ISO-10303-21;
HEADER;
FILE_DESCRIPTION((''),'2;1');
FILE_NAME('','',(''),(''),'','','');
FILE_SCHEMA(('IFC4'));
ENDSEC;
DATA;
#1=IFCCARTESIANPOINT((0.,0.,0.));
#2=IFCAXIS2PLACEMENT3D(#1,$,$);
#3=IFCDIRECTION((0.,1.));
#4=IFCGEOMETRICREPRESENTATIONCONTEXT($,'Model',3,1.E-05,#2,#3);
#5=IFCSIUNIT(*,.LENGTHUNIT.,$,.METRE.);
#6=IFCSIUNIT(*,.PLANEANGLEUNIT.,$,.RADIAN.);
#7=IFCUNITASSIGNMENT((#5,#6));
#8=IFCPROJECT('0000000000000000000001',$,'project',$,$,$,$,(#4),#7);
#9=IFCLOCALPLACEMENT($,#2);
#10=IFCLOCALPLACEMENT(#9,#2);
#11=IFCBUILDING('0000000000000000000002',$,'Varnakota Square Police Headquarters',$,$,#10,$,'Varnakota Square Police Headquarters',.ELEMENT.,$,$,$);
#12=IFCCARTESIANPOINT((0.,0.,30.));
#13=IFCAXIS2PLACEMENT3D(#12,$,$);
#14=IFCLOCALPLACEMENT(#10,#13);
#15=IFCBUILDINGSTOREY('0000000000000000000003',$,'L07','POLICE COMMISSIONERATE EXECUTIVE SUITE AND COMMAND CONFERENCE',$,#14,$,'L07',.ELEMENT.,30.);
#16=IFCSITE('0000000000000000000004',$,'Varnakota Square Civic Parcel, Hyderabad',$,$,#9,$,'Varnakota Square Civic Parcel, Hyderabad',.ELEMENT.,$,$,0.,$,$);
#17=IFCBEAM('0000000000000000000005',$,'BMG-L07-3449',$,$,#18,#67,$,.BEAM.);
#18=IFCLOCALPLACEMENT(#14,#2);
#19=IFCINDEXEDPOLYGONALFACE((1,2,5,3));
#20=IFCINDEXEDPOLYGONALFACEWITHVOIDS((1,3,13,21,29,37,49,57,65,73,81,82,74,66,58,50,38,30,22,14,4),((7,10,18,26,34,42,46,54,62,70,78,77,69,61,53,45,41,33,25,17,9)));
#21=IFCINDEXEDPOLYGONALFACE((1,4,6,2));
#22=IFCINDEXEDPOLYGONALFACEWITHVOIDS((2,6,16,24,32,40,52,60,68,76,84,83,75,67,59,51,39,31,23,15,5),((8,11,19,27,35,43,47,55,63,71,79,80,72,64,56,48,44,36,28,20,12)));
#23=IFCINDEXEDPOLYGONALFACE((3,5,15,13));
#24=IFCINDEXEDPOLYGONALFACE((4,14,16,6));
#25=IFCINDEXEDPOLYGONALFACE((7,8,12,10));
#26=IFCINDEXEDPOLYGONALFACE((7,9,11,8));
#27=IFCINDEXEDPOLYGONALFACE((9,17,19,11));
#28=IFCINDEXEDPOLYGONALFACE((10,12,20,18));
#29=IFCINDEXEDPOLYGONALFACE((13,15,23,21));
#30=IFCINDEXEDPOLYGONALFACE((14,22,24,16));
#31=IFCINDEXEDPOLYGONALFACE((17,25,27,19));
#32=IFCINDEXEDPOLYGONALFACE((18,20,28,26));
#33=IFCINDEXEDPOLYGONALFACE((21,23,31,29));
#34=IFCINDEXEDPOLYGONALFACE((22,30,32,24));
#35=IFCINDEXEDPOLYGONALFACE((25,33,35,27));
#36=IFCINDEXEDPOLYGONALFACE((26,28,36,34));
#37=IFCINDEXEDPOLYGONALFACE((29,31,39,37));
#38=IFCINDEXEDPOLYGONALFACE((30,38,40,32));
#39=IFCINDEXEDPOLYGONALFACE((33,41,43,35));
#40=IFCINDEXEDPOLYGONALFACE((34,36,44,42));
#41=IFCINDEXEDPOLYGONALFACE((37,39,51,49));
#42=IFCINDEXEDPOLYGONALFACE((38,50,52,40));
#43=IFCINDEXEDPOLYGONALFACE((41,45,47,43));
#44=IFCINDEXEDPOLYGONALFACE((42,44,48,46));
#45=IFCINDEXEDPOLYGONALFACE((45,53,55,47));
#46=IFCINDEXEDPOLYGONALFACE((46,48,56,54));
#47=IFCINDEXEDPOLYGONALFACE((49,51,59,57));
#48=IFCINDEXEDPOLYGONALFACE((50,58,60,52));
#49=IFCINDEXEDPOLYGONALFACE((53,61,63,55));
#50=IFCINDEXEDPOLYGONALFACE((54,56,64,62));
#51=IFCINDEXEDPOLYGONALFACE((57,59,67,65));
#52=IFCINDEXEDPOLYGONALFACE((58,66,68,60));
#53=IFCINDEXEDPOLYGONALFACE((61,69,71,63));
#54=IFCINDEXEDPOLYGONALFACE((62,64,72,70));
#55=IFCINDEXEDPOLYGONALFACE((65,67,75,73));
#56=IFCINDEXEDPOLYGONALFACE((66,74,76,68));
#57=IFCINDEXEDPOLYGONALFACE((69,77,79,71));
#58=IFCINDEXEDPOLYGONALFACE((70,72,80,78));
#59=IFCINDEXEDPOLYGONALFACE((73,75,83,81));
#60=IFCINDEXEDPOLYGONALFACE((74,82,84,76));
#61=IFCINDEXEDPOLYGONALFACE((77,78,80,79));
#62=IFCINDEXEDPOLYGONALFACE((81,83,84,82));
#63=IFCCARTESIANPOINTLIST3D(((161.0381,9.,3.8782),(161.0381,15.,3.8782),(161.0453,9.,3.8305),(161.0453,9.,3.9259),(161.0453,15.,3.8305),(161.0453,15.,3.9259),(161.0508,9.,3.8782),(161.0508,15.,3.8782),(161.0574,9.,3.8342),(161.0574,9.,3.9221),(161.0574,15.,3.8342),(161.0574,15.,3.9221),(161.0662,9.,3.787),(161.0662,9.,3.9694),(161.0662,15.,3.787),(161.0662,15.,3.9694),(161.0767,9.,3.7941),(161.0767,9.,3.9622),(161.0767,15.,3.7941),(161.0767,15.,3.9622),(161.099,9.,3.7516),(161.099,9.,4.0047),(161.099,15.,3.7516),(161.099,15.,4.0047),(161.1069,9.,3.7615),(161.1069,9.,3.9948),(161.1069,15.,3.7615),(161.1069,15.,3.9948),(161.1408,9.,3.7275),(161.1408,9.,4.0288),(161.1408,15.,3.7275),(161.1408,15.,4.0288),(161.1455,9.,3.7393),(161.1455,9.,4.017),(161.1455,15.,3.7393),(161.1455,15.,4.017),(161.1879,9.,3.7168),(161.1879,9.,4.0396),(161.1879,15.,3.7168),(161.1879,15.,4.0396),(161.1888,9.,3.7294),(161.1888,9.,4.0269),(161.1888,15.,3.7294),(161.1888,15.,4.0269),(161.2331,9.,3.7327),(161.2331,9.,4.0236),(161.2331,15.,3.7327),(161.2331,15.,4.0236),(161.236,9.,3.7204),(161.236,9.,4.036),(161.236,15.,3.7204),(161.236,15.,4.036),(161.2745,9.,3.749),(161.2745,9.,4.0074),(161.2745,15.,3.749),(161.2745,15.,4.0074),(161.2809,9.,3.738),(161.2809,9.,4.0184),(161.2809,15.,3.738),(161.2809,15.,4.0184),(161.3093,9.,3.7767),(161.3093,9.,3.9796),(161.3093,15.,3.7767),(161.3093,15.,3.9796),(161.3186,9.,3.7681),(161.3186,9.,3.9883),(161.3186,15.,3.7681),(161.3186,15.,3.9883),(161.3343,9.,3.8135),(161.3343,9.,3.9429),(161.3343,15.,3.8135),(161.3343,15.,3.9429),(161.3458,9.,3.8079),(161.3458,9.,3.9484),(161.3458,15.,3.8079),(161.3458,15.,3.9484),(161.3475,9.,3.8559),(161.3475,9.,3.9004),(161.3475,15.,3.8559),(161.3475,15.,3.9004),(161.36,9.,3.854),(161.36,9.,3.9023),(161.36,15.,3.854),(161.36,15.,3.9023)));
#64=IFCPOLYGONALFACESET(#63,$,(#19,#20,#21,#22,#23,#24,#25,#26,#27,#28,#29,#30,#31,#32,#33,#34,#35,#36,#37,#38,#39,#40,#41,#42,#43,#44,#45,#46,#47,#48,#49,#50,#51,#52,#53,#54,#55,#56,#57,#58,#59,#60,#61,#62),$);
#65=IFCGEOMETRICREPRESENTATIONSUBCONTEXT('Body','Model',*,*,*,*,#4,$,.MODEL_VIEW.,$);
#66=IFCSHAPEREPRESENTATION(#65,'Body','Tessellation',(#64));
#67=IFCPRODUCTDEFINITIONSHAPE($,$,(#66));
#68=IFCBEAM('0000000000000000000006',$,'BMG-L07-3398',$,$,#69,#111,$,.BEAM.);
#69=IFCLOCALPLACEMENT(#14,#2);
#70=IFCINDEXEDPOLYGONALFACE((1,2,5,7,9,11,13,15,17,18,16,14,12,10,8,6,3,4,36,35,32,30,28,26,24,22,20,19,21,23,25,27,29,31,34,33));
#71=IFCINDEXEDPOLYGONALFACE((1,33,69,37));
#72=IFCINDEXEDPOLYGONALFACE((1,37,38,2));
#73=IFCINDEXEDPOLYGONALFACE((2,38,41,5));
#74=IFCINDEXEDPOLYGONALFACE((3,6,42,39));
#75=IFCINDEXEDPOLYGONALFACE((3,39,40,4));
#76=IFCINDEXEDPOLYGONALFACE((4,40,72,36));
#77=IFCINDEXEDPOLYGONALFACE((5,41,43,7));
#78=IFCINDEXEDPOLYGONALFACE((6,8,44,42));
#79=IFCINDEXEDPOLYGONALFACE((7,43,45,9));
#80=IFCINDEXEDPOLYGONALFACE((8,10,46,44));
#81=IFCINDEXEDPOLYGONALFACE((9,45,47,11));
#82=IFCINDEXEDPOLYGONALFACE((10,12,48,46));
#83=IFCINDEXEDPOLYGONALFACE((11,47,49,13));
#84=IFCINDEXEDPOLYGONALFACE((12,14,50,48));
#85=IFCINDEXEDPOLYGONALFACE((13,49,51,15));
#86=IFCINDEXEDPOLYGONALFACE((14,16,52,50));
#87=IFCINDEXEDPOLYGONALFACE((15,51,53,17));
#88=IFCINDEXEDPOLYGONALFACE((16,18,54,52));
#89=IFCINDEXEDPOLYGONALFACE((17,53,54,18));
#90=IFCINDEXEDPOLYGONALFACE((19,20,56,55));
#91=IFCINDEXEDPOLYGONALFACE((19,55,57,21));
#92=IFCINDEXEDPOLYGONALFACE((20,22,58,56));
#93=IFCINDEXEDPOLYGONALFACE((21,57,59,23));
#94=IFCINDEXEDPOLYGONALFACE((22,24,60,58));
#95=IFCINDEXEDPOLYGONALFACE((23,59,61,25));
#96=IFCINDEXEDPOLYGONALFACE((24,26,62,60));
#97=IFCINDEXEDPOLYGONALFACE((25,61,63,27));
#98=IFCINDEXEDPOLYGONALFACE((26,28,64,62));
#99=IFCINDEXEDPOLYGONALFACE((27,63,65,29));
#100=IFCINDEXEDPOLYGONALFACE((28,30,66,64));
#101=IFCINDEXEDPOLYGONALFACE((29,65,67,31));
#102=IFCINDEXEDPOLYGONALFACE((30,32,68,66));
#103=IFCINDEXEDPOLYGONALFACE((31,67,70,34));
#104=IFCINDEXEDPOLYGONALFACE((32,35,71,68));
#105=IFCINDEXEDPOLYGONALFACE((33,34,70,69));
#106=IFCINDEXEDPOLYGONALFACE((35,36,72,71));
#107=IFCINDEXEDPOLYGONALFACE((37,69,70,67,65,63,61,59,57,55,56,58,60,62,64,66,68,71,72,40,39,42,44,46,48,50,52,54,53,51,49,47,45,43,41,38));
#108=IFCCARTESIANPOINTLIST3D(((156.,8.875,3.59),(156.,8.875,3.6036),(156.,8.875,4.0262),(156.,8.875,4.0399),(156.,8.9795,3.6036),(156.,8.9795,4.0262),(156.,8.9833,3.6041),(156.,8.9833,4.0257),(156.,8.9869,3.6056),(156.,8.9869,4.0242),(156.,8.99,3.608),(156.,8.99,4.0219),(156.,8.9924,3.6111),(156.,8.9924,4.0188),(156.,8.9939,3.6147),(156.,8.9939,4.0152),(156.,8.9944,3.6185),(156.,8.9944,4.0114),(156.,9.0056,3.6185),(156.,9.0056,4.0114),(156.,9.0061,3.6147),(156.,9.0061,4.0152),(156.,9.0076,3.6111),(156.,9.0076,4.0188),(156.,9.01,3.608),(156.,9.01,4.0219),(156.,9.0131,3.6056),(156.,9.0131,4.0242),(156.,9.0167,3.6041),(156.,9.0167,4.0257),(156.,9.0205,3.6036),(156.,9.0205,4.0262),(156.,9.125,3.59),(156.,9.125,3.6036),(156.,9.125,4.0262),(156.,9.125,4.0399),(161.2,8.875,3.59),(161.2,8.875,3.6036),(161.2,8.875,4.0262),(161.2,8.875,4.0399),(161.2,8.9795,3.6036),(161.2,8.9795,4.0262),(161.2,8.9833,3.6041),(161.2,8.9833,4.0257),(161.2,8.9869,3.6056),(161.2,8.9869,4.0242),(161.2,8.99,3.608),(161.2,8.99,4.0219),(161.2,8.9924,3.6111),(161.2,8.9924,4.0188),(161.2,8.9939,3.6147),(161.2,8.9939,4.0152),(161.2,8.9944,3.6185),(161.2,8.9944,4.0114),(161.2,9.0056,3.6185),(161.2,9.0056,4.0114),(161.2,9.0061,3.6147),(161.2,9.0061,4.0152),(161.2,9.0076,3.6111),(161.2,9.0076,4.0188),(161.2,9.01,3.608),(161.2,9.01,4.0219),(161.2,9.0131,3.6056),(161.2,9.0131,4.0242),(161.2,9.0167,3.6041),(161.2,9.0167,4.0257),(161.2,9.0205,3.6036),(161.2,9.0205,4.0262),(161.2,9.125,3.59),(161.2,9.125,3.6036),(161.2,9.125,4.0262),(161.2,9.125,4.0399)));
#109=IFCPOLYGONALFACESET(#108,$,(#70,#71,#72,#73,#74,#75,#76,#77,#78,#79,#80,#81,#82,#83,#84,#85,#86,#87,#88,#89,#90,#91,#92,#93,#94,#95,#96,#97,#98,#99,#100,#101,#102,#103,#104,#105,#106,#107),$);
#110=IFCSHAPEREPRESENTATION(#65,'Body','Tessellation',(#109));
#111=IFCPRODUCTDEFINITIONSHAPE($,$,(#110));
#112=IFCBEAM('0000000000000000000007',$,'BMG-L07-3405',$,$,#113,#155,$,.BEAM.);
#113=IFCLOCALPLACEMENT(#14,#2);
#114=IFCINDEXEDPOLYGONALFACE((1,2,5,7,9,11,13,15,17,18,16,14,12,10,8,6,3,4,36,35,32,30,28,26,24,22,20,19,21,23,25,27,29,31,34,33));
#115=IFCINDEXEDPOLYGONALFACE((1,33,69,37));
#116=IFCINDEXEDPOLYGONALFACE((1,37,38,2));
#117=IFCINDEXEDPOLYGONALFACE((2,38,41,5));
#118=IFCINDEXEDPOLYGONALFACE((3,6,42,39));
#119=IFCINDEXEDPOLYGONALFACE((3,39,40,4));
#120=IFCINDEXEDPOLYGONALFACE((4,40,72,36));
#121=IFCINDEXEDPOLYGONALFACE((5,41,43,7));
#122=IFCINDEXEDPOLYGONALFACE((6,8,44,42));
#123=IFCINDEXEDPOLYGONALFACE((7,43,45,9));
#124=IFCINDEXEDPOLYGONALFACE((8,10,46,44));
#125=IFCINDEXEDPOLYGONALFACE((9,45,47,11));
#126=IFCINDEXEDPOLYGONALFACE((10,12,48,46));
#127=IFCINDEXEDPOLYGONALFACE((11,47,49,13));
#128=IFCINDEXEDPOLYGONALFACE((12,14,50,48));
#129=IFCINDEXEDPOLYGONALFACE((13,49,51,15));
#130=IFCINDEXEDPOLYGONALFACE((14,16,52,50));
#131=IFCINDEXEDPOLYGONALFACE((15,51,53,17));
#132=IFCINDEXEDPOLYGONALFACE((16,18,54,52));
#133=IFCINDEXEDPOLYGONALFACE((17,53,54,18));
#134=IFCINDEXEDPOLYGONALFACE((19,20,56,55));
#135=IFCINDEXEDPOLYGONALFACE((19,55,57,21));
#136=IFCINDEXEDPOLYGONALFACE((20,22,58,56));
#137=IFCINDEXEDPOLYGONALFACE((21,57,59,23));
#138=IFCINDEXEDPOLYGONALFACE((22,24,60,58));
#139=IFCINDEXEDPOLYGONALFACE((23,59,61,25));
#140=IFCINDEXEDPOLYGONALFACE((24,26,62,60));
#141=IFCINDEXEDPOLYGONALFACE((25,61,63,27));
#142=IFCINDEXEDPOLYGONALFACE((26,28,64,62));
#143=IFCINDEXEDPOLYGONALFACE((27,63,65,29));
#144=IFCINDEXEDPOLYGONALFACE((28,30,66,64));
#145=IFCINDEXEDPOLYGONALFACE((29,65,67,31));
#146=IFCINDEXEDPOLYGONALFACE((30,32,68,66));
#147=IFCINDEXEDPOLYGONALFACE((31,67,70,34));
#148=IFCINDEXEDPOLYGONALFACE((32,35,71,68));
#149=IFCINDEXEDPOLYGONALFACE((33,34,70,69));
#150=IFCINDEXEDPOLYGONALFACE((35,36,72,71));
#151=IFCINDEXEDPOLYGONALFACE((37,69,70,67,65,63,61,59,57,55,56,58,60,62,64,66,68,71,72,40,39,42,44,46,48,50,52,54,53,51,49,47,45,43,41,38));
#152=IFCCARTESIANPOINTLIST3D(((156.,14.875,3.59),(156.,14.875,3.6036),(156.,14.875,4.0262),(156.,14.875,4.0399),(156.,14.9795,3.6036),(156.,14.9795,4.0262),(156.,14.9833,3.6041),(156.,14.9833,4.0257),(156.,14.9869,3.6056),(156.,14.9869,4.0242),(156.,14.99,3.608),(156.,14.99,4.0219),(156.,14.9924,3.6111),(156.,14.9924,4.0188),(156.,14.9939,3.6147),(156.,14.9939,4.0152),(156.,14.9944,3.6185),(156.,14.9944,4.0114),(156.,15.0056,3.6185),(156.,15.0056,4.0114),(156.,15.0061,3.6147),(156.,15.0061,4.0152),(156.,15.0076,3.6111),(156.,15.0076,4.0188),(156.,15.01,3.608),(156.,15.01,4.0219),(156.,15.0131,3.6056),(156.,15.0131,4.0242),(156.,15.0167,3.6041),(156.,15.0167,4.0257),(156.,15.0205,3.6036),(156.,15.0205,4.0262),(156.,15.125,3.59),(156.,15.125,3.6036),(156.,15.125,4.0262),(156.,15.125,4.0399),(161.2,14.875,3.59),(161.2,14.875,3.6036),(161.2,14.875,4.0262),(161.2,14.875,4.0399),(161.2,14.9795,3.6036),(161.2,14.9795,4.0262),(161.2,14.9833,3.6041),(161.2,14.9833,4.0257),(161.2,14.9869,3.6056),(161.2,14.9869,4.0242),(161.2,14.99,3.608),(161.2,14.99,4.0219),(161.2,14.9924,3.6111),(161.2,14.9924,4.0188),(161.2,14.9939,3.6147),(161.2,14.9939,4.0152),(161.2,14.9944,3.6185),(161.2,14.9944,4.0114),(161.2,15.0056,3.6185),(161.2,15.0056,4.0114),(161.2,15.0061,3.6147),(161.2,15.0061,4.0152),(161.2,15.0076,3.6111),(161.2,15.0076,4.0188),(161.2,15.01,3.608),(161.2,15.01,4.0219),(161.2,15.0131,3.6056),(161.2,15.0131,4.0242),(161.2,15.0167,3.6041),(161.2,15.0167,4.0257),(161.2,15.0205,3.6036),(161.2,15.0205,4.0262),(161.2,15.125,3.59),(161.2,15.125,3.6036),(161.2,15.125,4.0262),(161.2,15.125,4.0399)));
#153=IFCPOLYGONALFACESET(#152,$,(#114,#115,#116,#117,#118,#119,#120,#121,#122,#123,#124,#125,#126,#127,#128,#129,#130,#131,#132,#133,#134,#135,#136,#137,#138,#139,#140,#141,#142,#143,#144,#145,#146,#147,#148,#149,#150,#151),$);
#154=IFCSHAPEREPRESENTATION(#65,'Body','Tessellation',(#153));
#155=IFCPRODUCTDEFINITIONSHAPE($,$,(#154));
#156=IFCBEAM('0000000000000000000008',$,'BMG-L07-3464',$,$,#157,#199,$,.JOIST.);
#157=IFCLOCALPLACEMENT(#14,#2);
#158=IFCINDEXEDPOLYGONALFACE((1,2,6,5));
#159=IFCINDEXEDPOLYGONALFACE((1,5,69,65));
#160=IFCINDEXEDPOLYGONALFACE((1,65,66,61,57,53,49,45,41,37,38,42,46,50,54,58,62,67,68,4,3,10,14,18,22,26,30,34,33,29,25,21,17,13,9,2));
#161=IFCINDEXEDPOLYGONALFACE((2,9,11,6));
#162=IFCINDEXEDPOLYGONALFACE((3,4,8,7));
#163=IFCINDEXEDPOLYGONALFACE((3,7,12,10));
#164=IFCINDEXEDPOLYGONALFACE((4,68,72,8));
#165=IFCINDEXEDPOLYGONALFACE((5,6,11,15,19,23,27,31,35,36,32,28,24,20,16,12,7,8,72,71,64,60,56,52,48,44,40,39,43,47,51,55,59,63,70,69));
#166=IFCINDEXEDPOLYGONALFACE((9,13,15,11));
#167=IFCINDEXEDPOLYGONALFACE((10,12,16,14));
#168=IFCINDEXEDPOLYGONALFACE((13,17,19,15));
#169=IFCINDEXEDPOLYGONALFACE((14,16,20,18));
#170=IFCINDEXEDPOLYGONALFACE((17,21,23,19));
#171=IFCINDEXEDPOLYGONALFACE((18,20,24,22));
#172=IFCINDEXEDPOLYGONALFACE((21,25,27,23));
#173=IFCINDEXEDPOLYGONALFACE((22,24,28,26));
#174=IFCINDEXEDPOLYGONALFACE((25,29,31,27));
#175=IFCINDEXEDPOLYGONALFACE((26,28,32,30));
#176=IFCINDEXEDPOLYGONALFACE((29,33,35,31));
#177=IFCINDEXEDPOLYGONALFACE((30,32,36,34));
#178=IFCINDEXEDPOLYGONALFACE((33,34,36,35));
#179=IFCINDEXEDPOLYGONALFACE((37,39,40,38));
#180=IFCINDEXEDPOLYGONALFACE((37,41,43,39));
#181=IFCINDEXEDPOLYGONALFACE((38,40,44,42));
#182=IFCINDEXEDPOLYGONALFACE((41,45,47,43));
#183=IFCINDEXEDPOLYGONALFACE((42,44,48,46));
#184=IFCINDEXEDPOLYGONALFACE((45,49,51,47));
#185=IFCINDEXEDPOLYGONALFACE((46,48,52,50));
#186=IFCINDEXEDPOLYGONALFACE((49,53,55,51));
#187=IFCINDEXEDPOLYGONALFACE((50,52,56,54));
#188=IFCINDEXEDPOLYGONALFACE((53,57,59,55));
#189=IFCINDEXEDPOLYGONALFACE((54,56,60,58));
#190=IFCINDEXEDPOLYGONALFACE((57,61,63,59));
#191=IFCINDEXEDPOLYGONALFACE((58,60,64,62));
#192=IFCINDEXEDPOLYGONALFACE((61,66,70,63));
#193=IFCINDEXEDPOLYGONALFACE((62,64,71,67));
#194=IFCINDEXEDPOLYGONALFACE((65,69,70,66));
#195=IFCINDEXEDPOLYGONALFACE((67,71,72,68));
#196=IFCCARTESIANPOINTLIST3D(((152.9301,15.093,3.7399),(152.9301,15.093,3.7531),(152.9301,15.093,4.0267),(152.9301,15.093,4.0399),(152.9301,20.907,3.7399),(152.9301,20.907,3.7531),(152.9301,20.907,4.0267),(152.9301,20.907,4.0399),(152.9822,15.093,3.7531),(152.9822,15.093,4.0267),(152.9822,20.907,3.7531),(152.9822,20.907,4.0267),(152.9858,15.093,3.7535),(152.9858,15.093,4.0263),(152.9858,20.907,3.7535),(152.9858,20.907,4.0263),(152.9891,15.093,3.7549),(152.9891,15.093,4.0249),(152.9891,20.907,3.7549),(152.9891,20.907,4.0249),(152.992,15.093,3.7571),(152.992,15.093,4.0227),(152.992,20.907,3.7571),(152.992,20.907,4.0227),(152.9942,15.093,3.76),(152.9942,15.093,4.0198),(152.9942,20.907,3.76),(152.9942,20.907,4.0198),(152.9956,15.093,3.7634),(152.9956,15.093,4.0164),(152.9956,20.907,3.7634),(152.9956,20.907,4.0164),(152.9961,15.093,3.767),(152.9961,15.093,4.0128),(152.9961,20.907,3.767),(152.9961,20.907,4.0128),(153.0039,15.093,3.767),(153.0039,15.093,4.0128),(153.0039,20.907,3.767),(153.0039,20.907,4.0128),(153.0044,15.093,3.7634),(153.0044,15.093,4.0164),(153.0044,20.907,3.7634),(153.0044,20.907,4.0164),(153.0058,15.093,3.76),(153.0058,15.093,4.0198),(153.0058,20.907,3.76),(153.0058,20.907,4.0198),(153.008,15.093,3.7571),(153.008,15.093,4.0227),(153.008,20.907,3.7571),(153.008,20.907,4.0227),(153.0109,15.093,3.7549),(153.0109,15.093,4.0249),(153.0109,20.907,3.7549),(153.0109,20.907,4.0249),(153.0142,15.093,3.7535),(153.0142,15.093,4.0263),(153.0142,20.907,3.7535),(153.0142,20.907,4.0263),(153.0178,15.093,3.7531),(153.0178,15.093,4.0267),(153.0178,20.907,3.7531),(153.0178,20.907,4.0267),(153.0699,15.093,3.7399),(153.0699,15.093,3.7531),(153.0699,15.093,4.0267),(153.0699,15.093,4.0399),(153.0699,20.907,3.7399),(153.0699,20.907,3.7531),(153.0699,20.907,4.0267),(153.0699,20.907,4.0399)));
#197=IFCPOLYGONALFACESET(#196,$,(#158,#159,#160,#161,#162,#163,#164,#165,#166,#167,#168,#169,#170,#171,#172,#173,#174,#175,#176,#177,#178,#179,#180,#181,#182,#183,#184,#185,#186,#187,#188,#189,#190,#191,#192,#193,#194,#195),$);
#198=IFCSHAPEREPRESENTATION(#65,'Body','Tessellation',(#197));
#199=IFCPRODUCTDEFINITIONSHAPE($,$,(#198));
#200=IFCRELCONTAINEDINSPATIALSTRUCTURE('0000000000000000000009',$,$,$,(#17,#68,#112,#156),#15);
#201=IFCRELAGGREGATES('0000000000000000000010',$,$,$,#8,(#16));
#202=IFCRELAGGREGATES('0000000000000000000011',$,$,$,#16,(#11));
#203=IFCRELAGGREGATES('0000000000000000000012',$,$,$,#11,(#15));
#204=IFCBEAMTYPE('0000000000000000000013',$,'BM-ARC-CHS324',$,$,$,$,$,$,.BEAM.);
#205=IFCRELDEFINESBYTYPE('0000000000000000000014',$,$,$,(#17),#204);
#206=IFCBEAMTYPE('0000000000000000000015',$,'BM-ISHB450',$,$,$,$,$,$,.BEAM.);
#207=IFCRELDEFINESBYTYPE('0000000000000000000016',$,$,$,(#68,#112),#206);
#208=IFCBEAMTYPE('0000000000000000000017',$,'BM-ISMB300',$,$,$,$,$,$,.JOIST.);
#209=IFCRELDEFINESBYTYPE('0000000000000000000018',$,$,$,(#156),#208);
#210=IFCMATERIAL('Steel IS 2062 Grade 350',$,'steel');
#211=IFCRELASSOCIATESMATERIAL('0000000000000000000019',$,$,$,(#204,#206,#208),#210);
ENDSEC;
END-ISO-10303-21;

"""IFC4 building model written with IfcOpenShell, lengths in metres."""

from ifc_helpers import new_model, si_unit, direction, frame, origin, origin_2d, place, context, subcontext, project, spatial, hollow_circle, i_section, extrude, material, material_profile, profile_set, type_object, element, save


model = new_model("IFC4")

# Units and contexts
model_context = context("Model", 3, precision=1e-05, world=origin(), true_north=direction((0.0, 1.0)))
body_context = subcontext(model_context, "Body", "Model", "MODEL_VIEW")
ifc_project = project(units=[si_unit("LENGTHUNIT", "METRE"), si_unit("PLANEANGLEUNIT", "RADIAN")], contexts=[model_context])

# Site, building, storey
site_placement = place(None, origin())
site = spatial("IfcSite", under=ifc_project, at=site_placement, Name="Varnakota Square Civic Parcel, Hyderabad", LongName="Varnakota Square Civic Parcel, Hyderabad", CompositionType="ELEMENT", RefElevation=0.0)
building_placement = place(site_placement, origin())
building = spatial("IfcBuilding", under=site, at=building_placement, Name="Varnakota Square Police Headquarters", LongName="Varnakota Square Police Headquarters", CompositionType="ELEMENT")
storey_placement = place(building_placement, frame((0.0, 0.0, 30.0)))
storey = spatial("IfcBuildingStorey", under=building, at=storey_placement, Name="L07", Description="POLICE COMMISSIONERATE EXECUTIVE SUITE AND COMMAND CONFERENCE", LongName="L07", CompositionType="ELEMENT", Elevation=30.0)

# Shared definitions
ifc_material_1 = material(Name="Steel IS 2062 Grade 350", Category="steel")

# Beams
ifc_material_profile_1 = material_profile(ifc_material_1, hollow_circle(Radius=0.1619, WallThickness=0.0127, at=origin_2d()), Name="CHS 323.9x12.7")
ifc_profile_set_1 = profile_set([ifc_material_profile_1], Name="Steel IS 2062 Grade 350")
beam_type_1 = type_object("IfcBeamType", Name="BM-ARC-CHS324", PredefinedType="BEAM", material=ifc_profile_set_1)
for number, where, z_axis, x_axis, name in (
    (1, (161.2, 9.0, 3.8782), (0.0, 1.0, 0.0), (-1.0, 0.0, 0.0), "BMG-L07-3449"),
):
    element("IfcBeam", number, at=place(storey_placement, frame(where, z_axis=z_axis, x_axis=x_axis)), inside=storey, type_object=beam_type_1, Name=name, PredefinedType="BEAM", context=body_context, shape_type="SweptSolid", body=[
        extrude(hollow_circle(Radius=0.1619, WallThickness=0.0127, at=origin_2d()), origin(), (0.0, 0.0, 1.0), 6.0),
    ])
ifc_material_profile_2 = material_profile(ifc_material_1, i_section(OverallWidth=0.25, OverallDepth=0.45, WebThickness=0.0112, FlangeThickness=0.0137, FilletRadius=0.0149, at=origin_2d()), Name="ISHB 450")
ifc_profile_set_2 = profile_set([ifc_material_profile_2], Name="Steel IS 2062 Grade 350")
beam_type_2 = type_object("IfcBeamType", Name="BM-ISHB450", PredefinedType="BEAM", material=ifc_profile_set_2)
for number, where, z_axis, x_axis, name in (
    (2, (156.0, 9.0, 3.8149), (1.0, 0.0, 0.0), (0.0, 1.0, 0.0), "BMG-L07-3398"),
    (3, (156.0, 15.0, 3.8149), (1.0, 0.0, 0.0), (0.0, 1.0, 0.0), "BMG-L07-3405"),
):
    element("IfcBeam", number, at=place(storey_placement, frame(where, z_axis=z_axis, x_axis=x_axis)), inside=storey, type_object=beam_type_2, Name=name, PredefinedType="BEAM", context=body_context, shape_type="SweptSolid", body=[
        extrude(i_section(OverallWidth=0.25, OverallDepth=0.45, WebThickness=0.0112, FlangeThickness=0.0137, FilletRadius=0.0149, at=origin_2d()), origin(), (0.0, 0.0, 1.0), 5.2),
    ])
ifc_material_profile_3 = material_profile(ifc_material_1, i_section(OverallWidth=0.1399, OverallDepth=0.3, WebThickness=0.0078, FlangeThickness=0.0132, FilletRadius=0.0139, at=origin_2d()), Name="ISMB 300")
ifc_profile_set_3 = profile_set([ifc_material_profile_3], Name="Steel IS 2062 Grade 350")
beam_type_3 = type_object("IfcBeamType", Name="BM-ISMB300", PredefinedType="JOIST", material=ifc_profile_set_3)
beam_1_placement = place(storey_placement, frame((153.0, 15.093, 3.8899), z_axis=(0.0, 1.0, 0.0), x_axis=(-1.0, 0.0, 0.0)))
element("IfcBeam", 4, at=beam_1_placement, inside=storey, type_object=beam_type_3, Name="BMG-L07-3464", PredefinedType="JOIST", context=body_context, shape_type="SweptSolid", body=[
    extrude(i_section(OverallWidth=0.1399, OverallDepth=0.3, WebThickness=0.0078, FlangeThickness=0.0132, FilletRadius=0.0139, at=origin_2d()), origin(), (0.0, 0.0, 1.0), 5.814),
])

save(model, "model.ifc")
